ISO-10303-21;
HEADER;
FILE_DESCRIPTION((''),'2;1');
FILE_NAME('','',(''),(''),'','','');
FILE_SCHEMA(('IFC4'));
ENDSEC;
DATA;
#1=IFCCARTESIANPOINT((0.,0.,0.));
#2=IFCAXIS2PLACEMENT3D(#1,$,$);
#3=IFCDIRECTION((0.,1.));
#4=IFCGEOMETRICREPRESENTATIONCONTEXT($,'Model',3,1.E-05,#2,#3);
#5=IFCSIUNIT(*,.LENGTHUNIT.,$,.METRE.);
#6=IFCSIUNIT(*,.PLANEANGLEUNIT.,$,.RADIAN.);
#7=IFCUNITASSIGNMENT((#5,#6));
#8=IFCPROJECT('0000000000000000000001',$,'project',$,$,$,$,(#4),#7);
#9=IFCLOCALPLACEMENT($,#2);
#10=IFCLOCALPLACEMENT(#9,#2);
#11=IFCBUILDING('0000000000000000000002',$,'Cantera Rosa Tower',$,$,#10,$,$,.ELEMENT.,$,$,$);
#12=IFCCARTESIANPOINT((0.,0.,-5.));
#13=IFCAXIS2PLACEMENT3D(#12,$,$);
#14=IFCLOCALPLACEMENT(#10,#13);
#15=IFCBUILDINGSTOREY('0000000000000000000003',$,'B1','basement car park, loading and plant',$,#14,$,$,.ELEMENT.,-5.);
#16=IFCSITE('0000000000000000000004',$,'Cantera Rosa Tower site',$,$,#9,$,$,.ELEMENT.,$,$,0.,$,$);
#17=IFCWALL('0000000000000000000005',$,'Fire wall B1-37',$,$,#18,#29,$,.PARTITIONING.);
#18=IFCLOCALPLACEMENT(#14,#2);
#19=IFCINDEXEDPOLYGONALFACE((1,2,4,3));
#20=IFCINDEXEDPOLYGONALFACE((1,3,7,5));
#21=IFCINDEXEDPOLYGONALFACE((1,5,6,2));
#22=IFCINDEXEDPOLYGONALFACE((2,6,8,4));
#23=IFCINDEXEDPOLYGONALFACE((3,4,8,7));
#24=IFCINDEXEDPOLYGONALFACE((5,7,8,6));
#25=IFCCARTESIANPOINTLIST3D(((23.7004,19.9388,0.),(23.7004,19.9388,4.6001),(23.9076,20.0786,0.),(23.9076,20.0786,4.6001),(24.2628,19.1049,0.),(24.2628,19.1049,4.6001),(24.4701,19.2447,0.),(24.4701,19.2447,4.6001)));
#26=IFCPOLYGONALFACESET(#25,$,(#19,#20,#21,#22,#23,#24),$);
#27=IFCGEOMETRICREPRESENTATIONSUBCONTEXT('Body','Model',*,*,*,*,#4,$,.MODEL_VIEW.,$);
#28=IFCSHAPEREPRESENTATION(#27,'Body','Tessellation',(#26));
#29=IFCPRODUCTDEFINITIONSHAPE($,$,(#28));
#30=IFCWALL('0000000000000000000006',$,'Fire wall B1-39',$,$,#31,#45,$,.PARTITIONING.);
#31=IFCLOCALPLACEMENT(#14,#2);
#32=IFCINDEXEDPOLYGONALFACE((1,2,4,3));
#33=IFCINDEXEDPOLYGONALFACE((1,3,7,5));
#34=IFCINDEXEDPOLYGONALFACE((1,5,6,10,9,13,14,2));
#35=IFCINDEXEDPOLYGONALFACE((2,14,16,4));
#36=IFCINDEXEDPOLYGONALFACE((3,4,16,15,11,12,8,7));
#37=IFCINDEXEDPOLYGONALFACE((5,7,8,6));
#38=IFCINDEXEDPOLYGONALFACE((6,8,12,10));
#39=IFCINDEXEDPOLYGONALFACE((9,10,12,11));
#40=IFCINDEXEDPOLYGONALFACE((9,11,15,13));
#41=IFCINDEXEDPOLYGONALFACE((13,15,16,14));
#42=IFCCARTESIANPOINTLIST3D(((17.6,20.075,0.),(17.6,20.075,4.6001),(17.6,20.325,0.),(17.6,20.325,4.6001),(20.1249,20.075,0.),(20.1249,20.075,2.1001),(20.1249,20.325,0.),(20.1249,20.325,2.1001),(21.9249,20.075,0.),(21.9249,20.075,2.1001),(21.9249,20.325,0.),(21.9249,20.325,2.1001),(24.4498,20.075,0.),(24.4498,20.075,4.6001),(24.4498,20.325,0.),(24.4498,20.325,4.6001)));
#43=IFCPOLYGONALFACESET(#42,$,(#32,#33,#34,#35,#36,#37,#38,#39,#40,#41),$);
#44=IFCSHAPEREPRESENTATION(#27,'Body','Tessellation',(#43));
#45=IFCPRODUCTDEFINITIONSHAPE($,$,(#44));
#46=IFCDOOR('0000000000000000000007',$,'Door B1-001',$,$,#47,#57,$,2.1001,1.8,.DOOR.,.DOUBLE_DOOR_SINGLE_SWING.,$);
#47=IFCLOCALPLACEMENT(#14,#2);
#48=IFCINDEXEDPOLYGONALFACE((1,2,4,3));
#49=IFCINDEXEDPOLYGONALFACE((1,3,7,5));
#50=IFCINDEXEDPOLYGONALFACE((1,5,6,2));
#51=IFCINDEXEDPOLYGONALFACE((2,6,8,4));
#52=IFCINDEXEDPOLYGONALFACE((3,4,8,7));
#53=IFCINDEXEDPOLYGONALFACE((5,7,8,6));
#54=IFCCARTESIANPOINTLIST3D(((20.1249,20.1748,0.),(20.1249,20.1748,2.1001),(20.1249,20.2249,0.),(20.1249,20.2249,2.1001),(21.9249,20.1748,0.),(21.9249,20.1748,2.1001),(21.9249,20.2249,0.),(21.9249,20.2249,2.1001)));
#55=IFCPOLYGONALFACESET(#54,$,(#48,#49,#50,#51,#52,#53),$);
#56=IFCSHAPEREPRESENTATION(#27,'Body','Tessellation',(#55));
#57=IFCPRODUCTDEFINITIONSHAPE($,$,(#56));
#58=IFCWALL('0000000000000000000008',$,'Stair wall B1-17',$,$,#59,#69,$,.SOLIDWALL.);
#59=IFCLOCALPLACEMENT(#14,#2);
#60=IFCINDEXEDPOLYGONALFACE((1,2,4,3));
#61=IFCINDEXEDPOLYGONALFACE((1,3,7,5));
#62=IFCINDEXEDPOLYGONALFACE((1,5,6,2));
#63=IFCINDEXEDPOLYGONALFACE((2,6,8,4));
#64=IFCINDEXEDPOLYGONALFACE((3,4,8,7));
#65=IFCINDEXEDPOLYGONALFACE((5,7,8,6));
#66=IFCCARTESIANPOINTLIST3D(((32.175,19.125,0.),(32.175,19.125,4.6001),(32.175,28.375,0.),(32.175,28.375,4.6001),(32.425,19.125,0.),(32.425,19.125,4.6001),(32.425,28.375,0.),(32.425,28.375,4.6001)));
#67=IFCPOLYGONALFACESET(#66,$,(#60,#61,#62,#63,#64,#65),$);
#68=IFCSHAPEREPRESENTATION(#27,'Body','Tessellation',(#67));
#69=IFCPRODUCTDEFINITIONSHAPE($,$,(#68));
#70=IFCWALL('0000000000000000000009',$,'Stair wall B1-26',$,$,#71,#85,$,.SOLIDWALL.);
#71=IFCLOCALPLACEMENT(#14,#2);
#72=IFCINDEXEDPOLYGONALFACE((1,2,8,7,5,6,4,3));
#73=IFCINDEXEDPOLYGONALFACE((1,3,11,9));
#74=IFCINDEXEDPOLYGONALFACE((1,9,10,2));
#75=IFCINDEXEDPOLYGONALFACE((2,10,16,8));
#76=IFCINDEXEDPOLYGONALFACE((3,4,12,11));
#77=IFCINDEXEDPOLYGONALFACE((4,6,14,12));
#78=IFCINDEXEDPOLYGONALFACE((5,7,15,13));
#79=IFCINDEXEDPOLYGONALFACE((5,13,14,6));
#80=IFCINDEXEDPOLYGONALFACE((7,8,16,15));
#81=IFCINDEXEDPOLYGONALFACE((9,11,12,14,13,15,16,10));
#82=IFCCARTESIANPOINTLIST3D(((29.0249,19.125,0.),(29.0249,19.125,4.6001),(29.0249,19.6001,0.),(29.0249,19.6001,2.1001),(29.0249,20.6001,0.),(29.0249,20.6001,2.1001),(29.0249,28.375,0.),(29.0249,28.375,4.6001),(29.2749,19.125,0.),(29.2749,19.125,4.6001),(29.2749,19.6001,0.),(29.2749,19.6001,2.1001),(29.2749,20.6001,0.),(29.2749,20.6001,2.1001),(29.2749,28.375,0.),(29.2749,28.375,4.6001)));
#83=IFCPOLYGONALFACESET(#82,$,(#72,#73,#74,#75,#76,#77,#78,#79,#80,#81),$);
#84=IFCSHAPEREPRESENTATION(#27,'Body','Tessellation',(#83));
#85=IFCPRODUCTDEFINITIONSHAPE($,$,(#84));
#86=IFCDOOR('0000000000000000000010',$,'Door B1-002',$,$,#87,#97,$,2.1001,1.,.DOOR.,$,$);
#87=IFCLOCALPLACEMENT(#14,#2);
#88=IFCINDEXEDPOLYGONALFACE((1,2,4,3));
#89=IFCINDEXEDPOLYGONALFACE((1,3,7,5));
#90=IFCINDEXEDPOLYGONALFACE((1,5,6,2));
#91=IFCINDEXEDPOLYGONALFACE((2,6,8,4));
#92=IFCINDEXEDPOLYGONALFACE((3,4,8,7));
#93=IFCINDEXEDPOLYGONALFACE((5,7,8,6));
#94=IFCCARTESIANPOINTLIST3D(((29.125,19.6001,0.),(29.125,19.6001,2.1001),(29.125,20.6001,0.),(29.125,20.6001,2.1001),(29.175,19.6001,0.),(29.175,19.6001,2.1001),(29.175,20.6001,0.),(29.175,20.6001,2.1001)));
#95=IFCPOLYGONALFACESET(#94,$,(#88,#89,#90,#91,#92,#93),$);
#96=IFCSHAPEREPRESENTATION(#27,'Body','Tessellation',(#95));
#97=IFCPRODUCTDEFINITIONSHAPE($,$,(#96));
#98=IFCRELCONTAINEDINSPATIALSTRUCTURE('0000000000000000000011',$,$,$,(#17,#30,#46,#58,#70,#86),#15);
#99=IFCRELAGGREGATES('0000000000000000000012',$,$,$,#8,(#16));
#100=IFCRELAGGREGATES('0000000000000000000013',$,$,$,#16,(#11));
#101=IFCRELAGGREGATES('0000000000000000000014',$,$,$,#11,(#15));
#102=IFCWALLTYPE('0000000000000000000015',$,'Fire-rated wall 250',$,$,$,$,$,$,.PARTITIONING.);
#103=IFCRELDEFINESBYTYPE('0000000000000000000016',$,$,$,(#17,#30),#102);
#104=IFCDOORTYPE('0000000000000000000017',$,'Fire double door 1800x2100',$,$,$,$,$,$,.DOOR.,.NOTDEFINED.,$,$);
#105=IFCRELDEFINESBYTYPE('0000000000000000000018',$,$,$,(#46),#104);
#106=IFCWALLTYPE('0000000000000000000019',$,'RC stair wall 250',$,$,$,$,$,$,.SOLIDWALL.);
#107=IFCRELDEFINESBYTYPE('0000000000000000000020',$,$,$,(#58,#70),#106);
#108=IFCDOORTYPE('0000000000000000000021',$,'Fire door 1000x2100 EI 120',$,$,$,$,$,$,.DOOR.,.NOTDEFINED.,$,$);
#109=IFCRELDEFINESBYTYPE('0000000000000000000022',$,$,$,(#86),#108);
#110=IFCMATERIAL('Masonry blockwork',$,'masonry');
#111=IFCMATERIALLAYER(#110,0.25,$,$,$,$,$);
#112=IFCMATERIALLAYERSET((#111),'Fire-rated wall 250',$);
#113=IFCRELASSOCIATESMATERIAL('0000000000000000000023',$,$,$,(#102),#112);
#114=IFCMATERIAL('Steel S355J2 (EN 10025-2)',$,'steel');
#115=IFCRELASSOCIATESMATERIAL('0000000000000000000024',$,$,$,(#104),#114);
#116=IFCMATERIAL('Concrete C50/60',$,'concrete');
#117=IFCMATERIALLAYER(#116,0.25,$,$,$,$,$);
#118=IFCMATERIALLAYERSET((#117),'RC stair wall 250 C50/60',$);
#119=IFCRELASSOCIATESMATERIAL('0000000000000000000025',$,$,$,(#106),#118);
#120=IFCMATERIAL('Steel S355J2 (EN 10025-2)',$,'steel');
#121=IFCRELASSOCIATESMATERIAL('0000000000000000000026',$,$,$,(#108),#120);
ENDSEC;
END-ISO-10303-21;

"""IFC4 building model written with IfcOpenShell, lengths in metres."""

from ifc_helpers import new_model, si_unit, direction, frame, frame_2d, origin, place, context, subcontext, project, spatial, rectangle, extrude, material, layer, layer_set, type_object, element, fill, save


model = new_model("IFC4")

# Units and contexts
model_context = context("Model", 3, precision=1e-05, world=origin(), true_north=direction((0.0, 1.0)))
body_context = subcontext(model_context, "Body", "Model", "MODEL_VIEW")
ifc_project = project(units=[si_unit("LENGTHUNIT", "METRE"), si_unit("PLANEANGLEUNIT", "RADIAN")], contexts=[model_context])

# Site, building, storey
site_placement = place(None, origin())
site = spatial("IfcSite", under=ifc_project, at=site_placement, Name="Cantera Rosa Tower site", CompositionType="ELEMENT", RefElevation=0.0)
building_placement = place(site_placement, origin())
building = spatial("IfcBuilding", under=site, at=building_placement, Name="Cantera Rosa Tower", CompositionType="ELEMENT")
storey_placement = place(building_placement, frame((0.0, 0.0, -5.0)))
storey = spatial("IfcBuildingStorey", under=building, at=storey_placement, Name="B1", Description="basement car park, loading and plant", CompositionType="ELEMENT", Elevation=-5.0)

# Wall
ifc_material_1 = material(Name="Masonry blockwork", Category="masonry")
ifc_layer_1 = layer(ifc_material_1, 0.25)
ifc_layer_set_1 = layer_set([ifc_layer_1], Name="Fire-rated wall 250")
wall_type_1 = type_object("IfcWallType", Name="Fire-rated wall 250", PredefinedType="PARTITIONING", material=ifc_layer_set_1)
wall_1_placement = place(storey_placement, frame((24.3665, 19.1748, 0.0), z_axis=(0.0, 0.0, 1.0), x_axis=(-0.559173, 0.829051, 0.0)))
element("IfcWall", 1, at=wall_1_placement, inside=storey, type_object=wall_type_1, Name="Fire wall B1-37", PredefinedType="PARTITIONING", context=body_context, shape_type="SweptSolid", body=[
    extrude(rectangle(XDim=1.0059, YDim=0.25, at=frame_2d((0.5029, 0.0))), origin(), (0.0, 0.0, 1.0), 4.6001),
])

# Wall, opening, door
wall_2_placement = place(storey_placement, frame((17.6001, 20.2, 0.0), z_axis=(0.0, 0.0, 1.0), x_axis=(1.0, 0.0, 0.0)))
wall_2 = element("IfcWall", 2, at=wall_2_placement, inside=storey, type_object=wall_type_1, Name="Fire wall B1-39", PredefinedType="PARTITIONING", context=body_context, shape_type="SweptSolid", body=[
    extrude(rectangle(XDim=6.8499, YDim=0.25, at=frame_2d((3.4248, 0.0))), origin(), (0.0, 0.0, 1.0), 4.6001),
])
opening_1_placement = place(wall_2_placement, frame((2.5249, 0.0, 0.0)))
opening_1 = element("IfcOpeningElement", 3, at=opening_1_placement, cuts=wall_2, PredefinedType="OPENING", context=body_context, shape_type="SweptSolid", body=[
    extrude(rectangle(XDim=1.8, YDim=2.1001, at=frame_2d((0.8999, 1.05))), frame((0.0, 0.135, 0.0), z_axis=(0.0, -1.0, 0.0), x_axis=(1.0, 0.0, 0.0)), (0.0, 0.0, 1.0), 0.27),
])
ifc_material_2 = material(Name="Steel S355J2 (EN 10025-2)", Category="steel")
door_type_1 = type_object("IfcDoorType", Name="Fire double door 1800x2100", OperationType="NOTDEFINED", PredefinedType="DOOR", material=ifc_material_2)
door_1_placement = place(opening_1_placement, origin())
door_1 = element("IfcDoor", 4, at=door_1_placement, inside=storey, type_object=door_type_1, Name="Door B1-001", OperationType="DOUBLE_DOOR_SINGLE_SWING", OverallHeight=2.1001, OverallWidth=1.8, PredefinedType="DOOR", context=body_context, shape_type="SweptSolid", body=[
    extrude(rectangle(XDim=1.8, YDim=2.1001, at=frame_2d((0.8999, 1.05))), frame((0.0, 0.0249, 0.0), z_axis=(0.0, -1.0, 0.0), x_axis=(1.0, 0.0, 0.0)), (0.0, 0.0, 1.0), 0.05),
])
fill(opening_1, door_1)

# Wall
ifc_material_3 = material(Name="Concrete C50/60", Category="concrete")
ifc_layer_2 = layer(ifc_material_3, 0.25)
ifc_layer_set_2 = layer_set([ifc_layer_2], Name="RC stair wall 250 C50/60")
wall_type_2 = type_object("IfcWallType", Name="RC stair wall 250", PredefinedType="SOLIDWALL", material=ifc_layer_set_2)
wall_3_placement = place(storey_placement, frame((32.3, 19.125, 0.0), z_axis=(0.0, 0.0, 1.0), x_axis=(0.0, 1.0, 0.0)))
element("IfcWall", 5, at=wall_3_placement, inside=storey, type_object=wall_type_2, Name="Stair wall B1-17", PredefinedType="SOLIDWALL", context=body_context, shape_type="SweptSolid", body=[
    extrude(rectangle(XDim=9.25, YDim=0.25, at=frame_2d((4.625, 0.0))), origin(), (0.0, 0.0, 1.0), 4.6001),
])

# Wall, opening, door
wall_4_placement = place(storey_placement, frame((29.1499, 19.125, 0.0), z_axis=(0.0, 0.0, 1.0), x_axis=(0.0, 1.0, 0.0)))
wall_4 = element("IfcWall", 6, at=wall_4_placement, inside=storey, type_object=wall_type_2, Name="Stair wall B1-26", PredefinedType="SOLIDWALL", context=body_context, shape_type="SweptSolid", body=[
    extrude(rectangle(XDim=9.25, YDim=0.25, at=frame_2d((4.625, 0.0))), origin(), (0.0, 0.0, 1.0), 4.6001),
])
opening_2_placement = place(wall_4_placement, frame((0.4751, 0.0, 0.0)))
opening_2 = element("IfcOpeningElement", 7, at=opening_2_placement, cuts=wall_4, PredefinedType="OPENING", context=body_context, shape_type="SweptSolid", body=[
    extrude(rectangle(XDim=1.0, YDim=2.1001, at=frame_2d((0.5, 1.05))), frame((0.0, 0.135, 0.0), z_axis=(0.0, -1.0, 0.0), x_axis=(1.0, 0.0, 0.0)), (0.0, 0.0, 1.0), 0.27),
])
ifc_material_4 = material(Name="Steel S355J2 (EN 10025-2)", Category="steel")
door_type_2 = type_object("IfcDoorType", Name="Fire door 1000x2100 EI 120", OperationType="NOTDEFINED", PredefinedType="DOOR", material=ifc_material_4)
door_2_placement = place(opening_2_placement, origin())
door_2 = element("IfcDoor", 8, at=door_2_placement, inside=storey, type_object=door_type_2, Name="Door B1-002", OverallHeight=2.1001, OverallWidth=1.0, PredefinedType="DOOR", context=body_context, shape_type="SweptSolid", body=[
    extrude(rectangle(XDim=1.0, YDim=2.1001, at=frame_2d((0.5, 1.05))), frame((0.0, 0.0249, 0.0), z_axis=(0.0, -1.0, 0.0), x_axis=(1.0, 0.0, 0.0)), (0.0, 0.0, 1.0), 0.05),
])
fill(opening_2, door_2)

save(model, "model.ifc")
